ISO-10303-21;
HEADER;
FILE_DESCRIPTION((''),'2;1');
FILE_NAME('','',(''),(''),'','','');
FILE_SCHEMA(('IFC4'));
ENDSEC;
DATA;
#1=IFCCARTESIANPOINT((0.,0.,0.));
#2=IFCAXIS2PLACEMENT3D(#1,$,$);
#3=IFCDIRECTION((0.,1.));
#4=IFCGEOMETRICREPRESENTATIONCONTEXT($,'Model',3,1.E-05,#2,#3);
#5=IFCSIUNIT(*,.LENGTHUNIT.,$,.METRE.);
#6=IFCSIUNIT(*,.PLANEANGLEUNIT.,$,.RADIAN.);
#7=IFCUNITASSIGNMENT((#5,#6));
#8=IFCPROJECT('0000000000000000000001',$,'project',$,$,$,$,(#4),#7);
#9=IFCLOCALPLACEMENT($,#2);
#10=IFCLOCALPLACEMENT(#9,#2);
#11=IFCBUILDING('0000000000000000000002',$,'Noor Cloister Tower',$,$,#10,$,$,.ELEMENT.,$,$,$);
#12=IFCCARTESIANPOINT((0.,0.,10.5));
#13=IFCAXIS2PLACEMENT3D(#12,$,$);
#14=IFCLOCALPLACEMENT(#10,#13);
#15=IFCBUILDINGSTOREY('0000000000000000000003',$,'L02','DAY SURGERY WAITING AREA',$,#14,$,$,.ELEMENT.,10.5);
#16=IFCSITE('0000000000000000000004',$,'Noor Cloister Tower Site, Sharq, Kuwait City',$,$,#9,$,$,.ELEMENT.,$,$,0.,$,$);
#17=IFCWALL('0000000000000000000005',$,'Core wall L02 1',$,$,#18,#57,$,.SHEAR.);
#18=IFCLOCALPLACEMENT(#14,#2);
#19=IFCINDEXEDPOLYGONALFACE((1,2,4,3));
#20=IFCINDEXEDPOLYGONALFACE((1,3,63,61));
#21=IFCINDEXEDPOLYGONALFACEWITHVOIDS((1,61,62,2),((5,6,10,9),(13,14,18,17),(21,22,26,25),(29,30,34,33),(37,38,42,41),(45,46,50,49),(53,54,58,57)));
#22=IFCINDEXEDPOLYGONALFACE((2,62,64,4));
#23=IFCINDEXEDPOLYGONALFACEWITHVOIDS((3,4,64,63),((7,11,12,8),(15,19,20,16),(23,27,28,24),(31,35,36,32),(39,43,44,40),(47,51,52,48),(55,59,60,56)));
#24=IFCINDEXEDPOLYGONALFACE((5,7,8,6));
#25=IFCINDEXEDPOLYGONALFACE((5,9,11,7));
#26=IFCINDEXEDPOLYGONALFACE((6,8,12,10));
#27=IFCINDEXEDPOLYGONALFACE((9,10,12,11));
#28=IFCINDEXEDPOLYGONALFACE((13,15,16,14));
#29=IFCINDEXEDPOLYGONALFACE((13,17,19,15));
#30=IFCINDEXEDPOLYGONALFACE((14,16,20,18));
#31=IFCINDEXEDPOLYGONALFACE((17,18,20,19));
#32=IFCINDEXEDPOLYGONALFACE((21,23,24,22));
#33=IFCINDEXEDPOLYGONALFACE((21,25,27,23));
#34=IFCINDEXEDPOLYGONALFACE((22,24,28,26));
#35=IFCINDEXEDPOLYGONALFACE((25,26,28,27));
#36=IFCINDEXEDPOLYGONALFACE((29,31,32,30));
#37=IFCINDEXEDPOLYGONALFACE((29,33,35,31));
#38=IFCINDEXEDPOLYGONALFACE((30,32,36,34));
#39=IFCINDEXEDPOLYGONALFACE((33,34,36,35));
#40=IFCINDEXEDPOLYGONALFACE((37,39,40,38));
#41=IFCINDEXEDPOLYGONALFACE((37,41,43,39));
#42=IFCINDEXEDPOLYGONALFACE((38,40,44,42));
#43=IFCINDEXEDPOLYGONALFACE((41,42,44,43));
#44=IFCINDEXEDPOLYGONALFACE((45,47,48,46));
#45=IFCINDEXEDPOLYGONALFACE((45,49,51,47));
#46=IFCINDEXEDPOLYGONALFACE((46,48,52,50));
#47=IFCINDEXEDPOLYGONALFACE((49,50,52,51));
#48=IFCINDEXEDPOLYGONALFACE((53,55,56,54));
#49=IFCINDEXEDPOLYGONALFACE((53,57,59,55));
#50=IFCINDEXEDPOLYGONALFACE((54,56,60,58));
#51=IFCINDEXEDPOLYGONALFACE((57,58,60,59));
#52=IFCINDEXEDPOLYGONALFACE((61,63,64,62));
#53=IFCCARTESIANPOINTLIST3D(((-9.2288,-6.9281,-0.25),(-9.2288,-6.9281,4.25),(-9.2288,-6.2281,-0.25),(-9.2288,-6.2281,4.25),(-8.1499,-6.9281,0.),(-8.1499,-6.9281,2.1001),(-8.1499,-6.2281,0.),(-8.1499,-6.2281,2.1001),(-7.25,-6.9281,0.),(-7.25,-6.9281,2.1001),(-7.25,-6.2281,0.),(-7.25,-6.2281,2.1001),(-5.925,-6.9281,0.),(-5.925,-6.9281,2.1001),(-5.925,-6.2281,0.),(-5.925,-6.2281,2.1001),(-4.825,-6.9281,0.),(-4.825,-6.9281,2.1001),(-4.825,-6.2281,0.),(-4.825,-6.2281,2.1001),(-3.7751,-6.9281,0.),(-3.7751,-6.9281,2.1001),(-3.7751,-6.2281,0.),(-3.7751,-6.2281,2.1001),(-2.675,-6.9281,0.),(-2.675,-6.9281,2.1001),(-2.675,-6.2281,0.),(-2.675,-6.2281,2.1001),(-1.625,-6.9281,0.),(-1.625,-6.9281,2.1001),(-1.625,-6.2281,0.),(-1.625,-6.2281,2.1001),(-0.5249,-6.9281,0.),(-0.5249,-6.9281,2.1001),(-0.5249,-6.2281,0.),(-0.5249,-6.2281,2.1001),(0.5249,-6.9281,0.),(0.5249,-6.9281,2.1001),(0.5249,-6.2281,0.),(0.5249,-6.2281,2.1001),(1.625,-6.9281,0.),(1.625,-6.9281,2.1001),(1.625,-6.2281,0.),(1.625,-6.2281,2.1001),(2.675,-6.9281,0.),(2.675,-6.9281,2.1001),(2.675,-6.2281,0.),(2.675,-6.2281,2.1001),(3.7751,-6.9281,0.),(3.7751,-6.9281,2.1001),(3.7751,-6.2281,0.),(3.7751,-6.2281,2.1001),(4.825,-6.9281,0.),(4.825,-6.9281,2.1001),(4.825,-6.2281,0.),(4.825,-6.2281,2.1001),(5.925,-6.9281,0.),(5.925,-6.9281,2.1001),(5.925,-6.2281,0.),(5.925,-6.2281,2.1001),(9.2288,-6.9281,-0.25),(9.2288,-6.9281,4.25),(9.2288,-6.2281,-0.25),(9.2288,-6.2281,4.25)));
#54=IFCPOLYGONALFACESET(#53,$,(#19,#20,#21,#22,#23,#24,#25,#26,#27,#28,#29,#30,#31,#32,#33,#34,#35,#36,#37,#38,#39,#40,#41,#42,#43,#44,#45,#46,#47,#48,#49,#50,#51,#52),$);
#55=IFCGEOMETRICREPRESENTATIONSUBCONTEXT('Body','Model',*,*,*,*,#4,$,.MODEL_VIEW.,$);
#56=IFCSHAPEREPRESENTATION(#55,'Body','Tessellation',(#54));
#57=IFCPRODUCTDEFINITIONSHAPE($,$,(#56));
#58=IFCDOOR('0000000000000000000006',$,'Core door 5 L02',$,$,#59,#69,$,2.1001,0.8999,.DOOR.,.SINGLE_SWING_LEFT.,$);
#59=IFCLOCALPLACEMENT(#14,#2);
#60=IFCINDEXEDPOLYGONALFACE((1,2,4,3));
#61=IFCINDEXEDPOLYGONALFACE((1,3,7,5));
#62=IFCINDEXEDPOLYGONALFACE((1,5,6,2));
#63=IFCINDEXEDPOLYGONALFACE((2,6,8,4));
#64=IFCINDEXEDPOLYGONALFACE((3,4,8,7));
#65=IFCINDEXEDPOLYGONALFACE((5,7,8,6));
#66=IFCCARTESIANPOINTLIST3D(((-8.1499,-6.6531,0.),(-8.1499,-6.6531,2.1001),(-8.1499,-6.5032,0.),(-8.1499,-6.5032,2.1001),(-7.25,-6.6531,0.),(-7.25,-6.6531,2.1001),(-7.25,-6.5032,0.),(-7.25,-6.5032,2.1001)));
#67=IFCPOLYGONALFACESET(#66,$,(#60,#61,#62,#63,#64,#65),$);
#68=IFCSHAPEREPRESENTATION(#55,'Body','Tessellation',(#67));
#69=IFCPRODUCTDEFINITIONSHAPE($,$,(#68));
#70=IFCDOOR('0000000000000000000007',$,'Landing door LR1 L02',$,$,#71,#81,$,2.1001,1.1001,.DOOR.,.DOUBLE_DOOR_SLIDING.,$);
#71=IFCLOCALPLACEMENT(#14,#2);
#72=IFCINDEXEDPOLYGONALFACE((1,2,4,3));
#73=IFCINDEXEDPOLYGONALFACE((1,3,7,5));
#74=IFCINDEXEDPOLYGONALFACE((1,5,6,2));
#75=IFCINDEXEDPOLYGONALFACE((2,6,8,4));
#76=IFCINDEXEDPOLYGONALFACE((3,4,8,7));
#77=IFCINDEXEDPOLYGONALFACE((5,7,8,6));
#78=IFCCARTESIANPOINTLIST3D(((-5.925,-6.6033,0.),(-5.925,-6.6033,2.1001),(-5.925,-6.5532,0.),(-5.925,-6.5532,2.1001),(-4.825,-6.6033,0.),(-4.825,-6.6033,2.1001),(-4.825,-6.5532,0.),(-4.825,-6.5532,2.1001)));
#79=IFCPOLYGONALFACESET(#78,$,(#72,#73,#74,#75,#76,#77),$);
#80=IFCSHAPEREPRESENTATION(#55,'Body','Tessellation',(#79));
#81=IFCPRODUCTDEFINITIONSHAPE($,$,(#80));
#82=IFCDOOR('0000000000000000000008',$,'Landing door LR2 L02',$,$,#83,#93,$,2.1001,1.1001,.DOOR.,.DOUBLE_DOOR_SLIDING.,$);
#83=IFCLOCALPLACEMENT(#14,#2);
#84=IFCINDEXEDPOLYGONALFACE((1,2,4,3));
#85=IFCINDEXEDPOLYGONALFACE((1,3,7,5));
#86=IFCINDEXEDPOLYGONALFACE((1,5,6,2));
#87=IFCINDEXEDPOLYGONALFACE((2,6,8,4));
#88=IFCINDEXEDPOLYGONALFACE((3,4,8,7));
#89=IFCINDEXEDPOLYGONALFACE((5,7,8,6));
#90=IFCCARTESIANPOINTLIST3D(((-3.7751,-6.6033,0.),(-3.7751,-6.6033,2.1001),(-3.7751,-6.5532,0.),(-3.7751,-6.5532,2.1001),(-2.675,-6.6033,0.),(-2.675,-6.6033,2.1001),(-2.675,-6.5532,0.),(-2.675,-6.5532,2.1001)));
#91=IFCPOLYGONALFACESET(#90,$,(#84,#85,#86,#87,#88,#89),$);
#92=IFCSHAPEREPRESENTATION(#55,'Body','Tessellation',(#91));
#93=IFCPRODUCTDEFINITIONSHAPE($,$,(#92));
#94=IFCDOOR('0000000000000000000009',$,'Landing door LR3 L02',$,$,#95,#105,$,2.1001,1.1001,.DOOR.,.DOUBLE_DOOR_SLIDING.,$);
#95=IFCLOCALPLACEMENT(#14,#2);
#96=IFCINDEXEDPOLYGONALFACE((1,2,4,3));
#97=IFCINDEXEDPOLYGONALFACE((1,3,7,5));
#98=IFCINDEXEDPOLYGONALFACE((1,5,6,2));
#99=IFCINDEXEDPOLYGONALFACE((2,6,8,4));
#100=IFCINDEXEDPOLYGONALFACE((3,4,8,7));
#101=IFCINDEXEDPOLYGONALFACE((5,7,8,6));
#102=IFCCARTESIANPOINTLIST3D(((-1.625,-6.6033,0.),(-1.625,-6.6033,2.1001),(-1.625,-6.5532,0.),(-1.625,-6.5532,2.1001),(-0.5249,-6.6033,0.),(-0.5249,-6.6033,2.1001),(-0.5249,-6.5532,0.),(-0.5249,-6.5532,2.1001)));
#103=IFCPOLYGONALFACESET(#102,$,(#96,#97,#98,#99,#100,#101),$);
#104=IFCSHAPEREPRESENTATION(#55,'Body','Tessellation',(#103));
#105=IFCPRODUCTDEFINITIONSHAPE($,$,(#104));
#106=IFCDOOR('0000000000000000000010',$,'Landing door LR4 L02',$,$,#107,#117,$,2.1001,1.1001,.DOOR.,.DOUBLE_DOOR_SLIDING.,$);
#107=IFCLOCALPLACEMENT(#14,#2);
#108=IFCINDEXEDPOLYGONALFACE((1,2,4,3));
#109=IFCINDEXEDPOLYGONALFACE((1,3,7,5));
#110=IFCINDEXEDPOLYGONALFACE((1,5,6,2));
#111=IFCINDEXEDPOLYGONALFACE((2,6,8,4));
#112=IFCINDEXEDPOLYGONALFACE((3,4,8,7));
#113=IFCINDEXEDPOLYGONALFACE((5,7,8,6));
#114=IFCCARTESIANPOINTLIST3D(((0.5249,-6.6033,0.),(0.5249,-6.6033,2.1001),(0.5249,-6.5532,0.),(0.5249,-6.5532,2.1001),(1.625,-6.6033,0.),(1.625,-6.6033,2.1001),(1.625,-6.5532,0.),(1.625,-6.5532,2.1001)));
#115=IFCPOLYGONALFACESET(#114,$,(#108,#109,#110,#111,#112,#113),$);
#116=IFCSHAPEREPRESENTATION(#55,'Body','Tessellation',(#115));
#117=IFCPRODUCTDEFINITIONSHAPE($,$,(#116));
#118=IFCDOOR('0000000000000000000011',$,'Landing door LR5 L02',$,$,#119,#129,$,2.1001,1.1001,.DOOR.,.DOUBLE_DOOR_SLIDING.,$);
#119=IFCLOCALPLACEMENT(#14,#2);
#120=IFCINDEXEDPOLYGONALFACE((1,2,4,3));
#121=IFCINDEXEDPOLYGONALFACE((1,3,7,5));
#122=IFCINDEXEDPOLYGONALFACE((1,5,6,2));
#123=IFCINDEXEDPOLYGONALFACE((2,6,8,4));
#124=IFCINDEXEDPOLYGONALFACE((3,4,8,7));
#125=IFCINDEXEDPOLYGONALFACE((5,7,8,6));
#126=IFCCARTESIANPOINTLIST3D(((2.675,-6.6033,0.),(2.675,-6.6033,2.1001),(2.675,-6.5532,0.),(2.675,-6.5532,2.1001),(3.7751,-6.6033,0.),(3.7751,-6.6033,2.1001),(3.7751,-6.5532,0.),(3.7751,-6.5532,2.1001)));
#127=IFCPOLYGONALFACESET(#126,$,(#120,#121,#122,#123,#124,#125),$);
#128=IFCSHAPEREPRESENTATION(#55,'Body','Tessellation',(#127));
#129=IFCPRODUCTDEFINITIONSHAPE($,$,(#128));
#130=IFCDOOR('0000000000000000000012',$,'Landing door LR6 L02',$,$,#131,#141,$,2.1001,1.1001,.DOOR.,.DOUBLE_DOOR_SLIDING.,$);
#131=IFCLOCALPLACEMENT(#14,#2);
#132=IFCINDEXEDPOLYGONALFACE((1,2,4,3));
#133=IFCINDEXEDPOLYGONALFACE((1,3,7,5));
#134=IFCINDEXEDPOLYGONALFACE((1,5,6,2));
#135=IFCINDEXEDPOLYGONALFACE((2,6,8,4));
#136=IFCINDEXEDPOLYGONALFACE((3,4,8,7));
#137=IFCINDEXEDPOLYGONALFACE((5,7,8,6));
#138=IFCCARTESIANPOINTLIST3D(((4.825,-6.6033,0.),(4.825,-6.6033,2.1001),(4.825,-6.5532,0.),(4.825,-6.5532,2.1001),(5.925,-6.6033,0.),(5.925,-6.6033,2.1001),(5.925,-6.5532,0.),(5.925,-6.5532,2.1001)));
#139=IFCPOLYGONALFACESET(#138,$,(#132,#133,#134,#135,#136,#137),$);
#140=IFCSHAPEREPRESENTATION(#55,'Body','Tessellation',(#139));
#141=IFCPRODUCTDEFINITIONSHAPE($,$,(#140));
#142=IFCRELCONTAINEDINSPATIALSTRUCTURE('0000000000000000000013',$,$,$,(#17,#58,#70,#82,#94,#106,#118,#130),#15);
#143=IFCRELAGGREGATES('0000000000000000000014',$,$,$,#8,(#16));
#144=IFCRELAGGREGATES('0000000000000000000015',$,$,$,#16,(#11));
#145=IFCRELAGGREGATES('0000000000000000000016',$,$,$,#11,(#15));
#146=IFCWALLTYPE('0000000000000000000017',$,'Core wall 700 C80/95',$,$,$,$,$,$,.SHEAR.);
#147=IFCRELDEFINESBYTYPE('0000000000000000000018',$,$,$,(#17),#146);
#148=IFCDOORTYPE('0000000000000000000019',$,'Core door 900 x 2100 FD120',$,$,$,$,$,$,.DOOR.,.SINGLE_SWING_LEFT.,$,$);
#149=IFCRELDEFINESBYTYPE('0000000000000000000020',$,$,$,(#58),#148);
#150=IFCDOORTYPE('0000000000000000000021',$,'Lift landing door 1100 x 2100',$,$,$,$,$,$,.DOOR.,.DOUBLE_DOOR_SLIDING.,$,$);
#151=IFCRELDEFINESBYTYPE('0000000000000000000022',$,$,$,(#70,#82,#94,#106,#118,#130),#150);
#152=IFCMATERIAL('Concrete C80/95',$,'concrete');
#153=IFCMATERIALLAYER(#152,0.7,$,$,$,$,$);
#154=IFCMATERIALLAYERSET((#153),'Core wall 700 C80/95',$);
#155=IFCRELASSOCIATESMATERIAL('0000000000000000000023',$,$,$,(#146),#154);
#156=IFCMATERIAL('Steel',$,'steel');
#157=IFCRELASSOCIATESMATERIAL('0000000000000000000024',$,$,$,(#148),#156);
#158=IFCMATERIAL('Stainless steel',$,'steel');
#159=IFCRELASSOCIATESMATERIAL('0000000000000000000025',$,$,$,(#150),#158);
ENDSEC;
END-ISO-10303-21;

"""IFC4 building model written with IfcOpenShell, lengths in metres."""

from ifc_helpers import new_model, si_unit, direction, frame, frame_2d, origin, place, context, subcontext, project, spatial, rectangle, extrude, material, layer, layer_set, type_object, element, fill, save


model = new_model("IFC4")

# Units and contexts
model_context = context("Model", 3, precision=1e-05, world=origin(), true_north=direction((0.0, 1.0)))
body_context = subcontext(model_context, "Body", "Model", "MODEL_VIEW")
ifc_project = project(units=[si_unit("LENGTHUNIT", "METRE"), si_unit("PLANEANGLEUNIT", "RADIAN")], contexts=[model_context])

# Site, building, storey
site_placement = place(None, origin())
site = spatial("IfcSite", under=ifc_project, at=site_placement, Name="Noor Cloister Tower Site, Sharq, Kuwait City", CompositionType="ELEMENT", RefElevation=0.0)
building_placement = place(site_placement, origin())
building = spatial("IfcBuilding", under=site, at=building_placement, Name="Noor Cloister Tower", CompositionType="ELEMENT")
storey_placement = place(building_placement, frame((0.0, 0.0, 10.5)))
storey = spatial("IfcBuildingStorey", under=building, at=storey_placement, Name="L02", Description="DAY SURGERY WAITING AREA", CompositionType="ELEMENT", Elevation=10.5)

# Wall, openings, doors
ifc_material_1 = material(Name="Concrete C80/95", Category="concrete")
ifc_layer_1 = layer(ifc_material_1, 0.7)
ifc_layer_set_1 = layer_set([ifc_layer_1], Name="Core wall 700 C80/95")
wall_type_1 = type_object("IfcWallType", Name="Core wall 700 C80/95", PredefinedType="SHEAR", material=ifc_layer_set_1)
wall_1_placement = place(storey_placement, frame((-9.2288, -6.5781, -0.25), z_axis=(0.0, 0.0, 1.0), x_axis=(1.0, 0.0, 0.0)))
wall_1 = element("IfcWall", 1, at=wall_1_placement, inside=storey, type_object=wall_type_1, Name="Core wall L02 1", PredefinedType="SHEAR", context=body_context, shape_type="SweptSolid", body=[
    extrude(rectangle(XDim=18.4575, YDim=0.7, at=frame_2d((9.2288, 0.0))), origin(), (0.0, 0.0, 1.0), 4.5),
])
opening_1_placement = place(wall_1_placement, frame((3.3037, 0.0, 0.25)))
opening_1 = element("IfcOpeningElement", 2, at=opening_1_placement, cuts=wall_1, PredefinedType="OPENING", context=body_context, shape_type="SweptSolid", body=[
    extrude(rectangle(XDim=1.1001, YDim=2.1001, at=frame_2d((0.55, 1.05))), frame((0.0, 0.3599, 0.0), z_axis=(0.0, -1.0, 0.0), x_axis=(1.0, 0.0, 0.0)), (0.0, 0.0, 1.0), 0.72),
])
opening_2_placement = place(wall_1_placement, frame((5.4536, 0.0, 0.25)))
opening_2 = element("IfcOpeningElement", 3, at=opening_2_placement, cuts=wall_1, PredefinedType="OPENING", context=body_context, shape_type="SweptSolid", body=[
    extrude(rectangle(XDim=1.1001, YDim=2.1001, at=frame_2d((0.55, 1.05))), frame((0.0, 0.3599, 0.0), z_axis=(0.0, -1.0, 0.0), x_axis=(1.0, 0.0, 0.0)), (0.0, 0.0, 1.0), 0.72),
])
opening_3_placement = place(wall_1_placement, frame((7.6038, 0.0, 0.25)))
opening_3 = element("IfcOpeningElement", 4, at=opening_3_placement, cuts=wall_1, PredefinedType="OPENING", context=body_context, shape_type="SweptSolid", body=[
    extrude(rectangle(XDim=1.1001, YDim=2.1001, at=frame_2d((0.55, 1.05))), frame((0.0, 0.3599, 0.0), z_axis=(0.0, -1.0, 0.0), x_axis=(1.0, 0.0, 0.0)), (0.0, 0.0, 1.0), 0.72),
])
opening_4_placement = place(wall_1_placement, frame((9.7537, 0.0, 0.25)))
opening_4 = element("IfcOpeningElement", 5, at=opening_4_placement, cuts=wall_1, PredefinedType="OPENING", context=body_context, shape_type="SweptSolid", body=[
    extrude(rectangle(XDim=1.1001, YDim=2.1001, at=frame_2d((0.55, 1.05))), frame((0.0, 0.3599, 0.0), z_axis=(0.0, -1.0, 0.0), x_axis=(1.0, 0.0, 0.0)), (0.0, 0.0, 1.0), 0.72),
])
opening_5_placement = place(wall_1_placement, frame((11.9038, 0.0, 0.25)))
opening_5 = element("IfcOpeningElement", 6, at=opening_5_placement, cuts=wall_1, PredefinedType="OPENING", context=body_context, shape_type="SweptSolid", body=[
    extrude(rectangle(XDim=1.1001, YDim=2.1001, at=frame_2d((0.55, 1.05))), frame((0.0, 0.3599, 0.0), z_axis=(0.0, -1.0, 0.0), x_axis=(1.0, 0.0, 0.0)), (0.0, 0.0, 1.0), 0.72),
])
opening_6_placement = place(wall_1_placement, frame((14.0537, 0.0, 0.25)))
opening_6 = element("IfcOpeningElement", 7, at=opening_6_placement, cuts=wall_1, PredefinedType="OPENING", context=body_context, shape_type="SweptSolid", body=[
    extrude(rectangle(XDim=1.1001, YDim=2.1001, at=frame_2d((0.55, 1.05))), frame((0.0, 0.3599, 0.0), z_axis=(0.0, -1.0, 0.0), x_axis=(1.0, 0.0, 0.0)), (0.0, 0.0, 1.0), 0.72),
])
opening_7_placement = place(wall_1_placement, frame((1.0789, 0.0, 0.25)))
opening_7 = element("IfcOpeningElement", 8, at=opening_7_placement, cuts=wall_1, PredefinedType="OPENING", context=body_context, shape_type="SweptSolid", body=[
    extrude(rectangle(XDim=0.8999, YDim=2.1001, at=frame_2d((0.45, 1.05))), frame((0.0, 0.3599, 0.0), z_axis=(0.0, -1.0, 0.0), x_axis=(1.0, 0.0, 0.0)), (0.0, 0.0, 1.0), 0.72),
])
ifc_material_2 = material(Name="Steel", Category="steel")
door_type_1 = type_object("IfcDoorType", Name="Core door 900 x 2100 FD120", OperationType="SINGLE_SWING_LEFT", PredefinedType="DOOR", material=ifc_material_2)
door_1_placement = place(opening_7_placement, origin())
door_1 = element("IfcDoor", 9, at=door_1_placement, inside=storey, type_object=door_type_1, Name="Core door 5 L02", OperationType="SINGLE_SWING_LEFT", OverallHeight=2.1001, OverallWidth=0.8999, PredefinedType="DOOR", context=body_context, shape_type="SweptSolid", body=[
    extrude(rectangle(XDim=0.8999, YDim=2.1001, at=frame_2d((0.45, 1.05))), frame((0.0, 0.075, 0.0), z_axis=(0.0, -1.0, 0.0), x_axis=(1.0, 0.0, 0.0)), (0.0, 0.0, 1.0), 0.1499),
])
fill(opening_7, door_1)
ifc_material_3 = material(Name="Stainless steel", Category="steel")
door_type_2 = type_object("IfcDoorType", Name="Lift landing door 1100 x 2100", OperationType="DOUBLE_DOOR_SLIDING", PredefinedType="DOOR", material=ifc_material_3)
door_2_placement = place(opening_1_placement, origin())
door_2 = element("IfcDoor", 10, at=door_2_placement, inside=storey, type_object=door_type_2, Name="Landing door LR1 L02", OperationType="DOUBLE_DOOR_SLIDING", OverallHeight=2.1001, OverallWidth=1.1001, PredefinedType="DOOR", context=body_context, shape_type="SweptSolid", body=[
    extrude(rectangle(XDim=1.1001, YDim=2.1001, at=frame_2d((0.55, 1.05))), frame((0.0, 0.0249, 0.0), z_axis=(0.0, -1.0, 0.0), x_axis=(1.0, 0.0, 0.0)), (0.0, 0.0, 1.0), 0.05),
])
fill(opening_1, door_2)
door_3_placement = place(opening_2_placement, origin())
door_3 = element("IfcDoor", 11, at=door_3_placement, inside=storey, type_object=door_type_2, Name="Landing door LR2 L02", OperationType="DOUBLE_DOOR_SLIDING", OverallHeight=2.1001, OverallWidth=1.1001, PredefinedType="DOOR", context=body_context, shape_type="SweptSolid", body=[
    extrude(rectangle(XDim=1.1001, YDim=2.1001, at=frame_2d((0.55, 1.05))), frame((0.0, 0.0249, 0.0), z_axis=(0.0, -1.0, 0.0), x_axis=(1.0, 0.0, 0.0)), (0.0, 0.0, 1.0), 0.05),
])
fill(opening_2, door_3)
door_4_placement = place(opening_3_placement, origin())
door_4 = element("IfcDoor", 12, at=door_4_placement, inside=storey, type_object=door_type_2, Name="Landing door LR3 L02", OperationType="DOUBLE_DOOR_SLIDING", OverallHeight=2.1001, OverallWidth=1.1001, PredefinedType="DOOR", context=body_context, shape_type="SweptSolid", body=[
    extrude(rectangle(XDim=1.1001, YDim=2.1001, at=frame_2d((0.55, 1.05))), frame((0.0, 0.0249, 0.0), z_axis=(0.0, -1.0, 0.0), x_axis=(1.0, 0.0, 0.0)), (0.0, 0.0, 1.0), 0.05),
])
fill(opening_3, door_4)
door_5_placement = place(opening_4_placement, origin())
door_5 = element("IfcDoor", 13, at=door_5_placement, inside=storey, type_object=door_type_2, Name="Landing door LR4 L02", OperationType="DOUBLE_DOOR_SLIDING", OverallHeight=2.1001, OverallWidth=1.1001, PredefinedType="DOOR", context=body_context, shape_type="SweptSolid", body=[
    extrude(rectangle(XDim=1.1001, YDim=2.1001, at=frame_2d((0.55, 1.05))), frame((0.0, 0.0249, 0.0), z_axis=(0.0, -1.0, 0.0), x_axis=(1.0, 0.0, 0.0)), (0.0, 0.0, 1.0), 0.05),
])
fill(opening_4, door_5)
door_6_placement = place(opening_5_placement, origin())
door_6 = element("IfcDoor", 14, at=door_6_placement, inside=storey, type_object=door_type_2, Name="Landing door LR5 L02", OperationType="DOUBLE_DOOR_SLIDING", OverallHeight=2.1001, OverallWidth=1.1001, PredefinedType="DOOR", context=body_context, shape_type="SweptSolid", body=[
    extrude(rectangle(XDim=1.1001, YDim=2.1001, at=frame_2d((0.55, 1.05))), frame((0.0, 0.0249, 0.0), z_axis=(0.0, -1.0, 0.0), x_axis=(1.0, 0.0, 0.0)), (0.0, 0.0, 1.0), 0.05),
])
fill(opening_5, door_6)
door_7_placement = place(opening_6_placement, origin())
door_7 = element("IfcDoor", 15, at=door_7_placement, inside=storey, type_object=door_type_2, Name="Landing door LR6 L02", OperationType="DOUBLE_DOOR_SLIDING", OverallHeight=2.1001, OverallWidth=1.1001, PredefinedType="DOOR", context=body_context, shape_type="SweptSolid", body=[
    extrude(rectangle(XDim=1.1001, YDim=2.1001, at=frame_2d((0.55, 1.05))), frame((0.0, 0.0249, 0.0), z_axis=(0.0, -1.0, 0.0), x_axis=(1.0, 0.0, 0.0)), (0.0, 0.0, 1.0), 0.05),
])
fill(opening_6, door_7)

save(model, "model.ifc")
